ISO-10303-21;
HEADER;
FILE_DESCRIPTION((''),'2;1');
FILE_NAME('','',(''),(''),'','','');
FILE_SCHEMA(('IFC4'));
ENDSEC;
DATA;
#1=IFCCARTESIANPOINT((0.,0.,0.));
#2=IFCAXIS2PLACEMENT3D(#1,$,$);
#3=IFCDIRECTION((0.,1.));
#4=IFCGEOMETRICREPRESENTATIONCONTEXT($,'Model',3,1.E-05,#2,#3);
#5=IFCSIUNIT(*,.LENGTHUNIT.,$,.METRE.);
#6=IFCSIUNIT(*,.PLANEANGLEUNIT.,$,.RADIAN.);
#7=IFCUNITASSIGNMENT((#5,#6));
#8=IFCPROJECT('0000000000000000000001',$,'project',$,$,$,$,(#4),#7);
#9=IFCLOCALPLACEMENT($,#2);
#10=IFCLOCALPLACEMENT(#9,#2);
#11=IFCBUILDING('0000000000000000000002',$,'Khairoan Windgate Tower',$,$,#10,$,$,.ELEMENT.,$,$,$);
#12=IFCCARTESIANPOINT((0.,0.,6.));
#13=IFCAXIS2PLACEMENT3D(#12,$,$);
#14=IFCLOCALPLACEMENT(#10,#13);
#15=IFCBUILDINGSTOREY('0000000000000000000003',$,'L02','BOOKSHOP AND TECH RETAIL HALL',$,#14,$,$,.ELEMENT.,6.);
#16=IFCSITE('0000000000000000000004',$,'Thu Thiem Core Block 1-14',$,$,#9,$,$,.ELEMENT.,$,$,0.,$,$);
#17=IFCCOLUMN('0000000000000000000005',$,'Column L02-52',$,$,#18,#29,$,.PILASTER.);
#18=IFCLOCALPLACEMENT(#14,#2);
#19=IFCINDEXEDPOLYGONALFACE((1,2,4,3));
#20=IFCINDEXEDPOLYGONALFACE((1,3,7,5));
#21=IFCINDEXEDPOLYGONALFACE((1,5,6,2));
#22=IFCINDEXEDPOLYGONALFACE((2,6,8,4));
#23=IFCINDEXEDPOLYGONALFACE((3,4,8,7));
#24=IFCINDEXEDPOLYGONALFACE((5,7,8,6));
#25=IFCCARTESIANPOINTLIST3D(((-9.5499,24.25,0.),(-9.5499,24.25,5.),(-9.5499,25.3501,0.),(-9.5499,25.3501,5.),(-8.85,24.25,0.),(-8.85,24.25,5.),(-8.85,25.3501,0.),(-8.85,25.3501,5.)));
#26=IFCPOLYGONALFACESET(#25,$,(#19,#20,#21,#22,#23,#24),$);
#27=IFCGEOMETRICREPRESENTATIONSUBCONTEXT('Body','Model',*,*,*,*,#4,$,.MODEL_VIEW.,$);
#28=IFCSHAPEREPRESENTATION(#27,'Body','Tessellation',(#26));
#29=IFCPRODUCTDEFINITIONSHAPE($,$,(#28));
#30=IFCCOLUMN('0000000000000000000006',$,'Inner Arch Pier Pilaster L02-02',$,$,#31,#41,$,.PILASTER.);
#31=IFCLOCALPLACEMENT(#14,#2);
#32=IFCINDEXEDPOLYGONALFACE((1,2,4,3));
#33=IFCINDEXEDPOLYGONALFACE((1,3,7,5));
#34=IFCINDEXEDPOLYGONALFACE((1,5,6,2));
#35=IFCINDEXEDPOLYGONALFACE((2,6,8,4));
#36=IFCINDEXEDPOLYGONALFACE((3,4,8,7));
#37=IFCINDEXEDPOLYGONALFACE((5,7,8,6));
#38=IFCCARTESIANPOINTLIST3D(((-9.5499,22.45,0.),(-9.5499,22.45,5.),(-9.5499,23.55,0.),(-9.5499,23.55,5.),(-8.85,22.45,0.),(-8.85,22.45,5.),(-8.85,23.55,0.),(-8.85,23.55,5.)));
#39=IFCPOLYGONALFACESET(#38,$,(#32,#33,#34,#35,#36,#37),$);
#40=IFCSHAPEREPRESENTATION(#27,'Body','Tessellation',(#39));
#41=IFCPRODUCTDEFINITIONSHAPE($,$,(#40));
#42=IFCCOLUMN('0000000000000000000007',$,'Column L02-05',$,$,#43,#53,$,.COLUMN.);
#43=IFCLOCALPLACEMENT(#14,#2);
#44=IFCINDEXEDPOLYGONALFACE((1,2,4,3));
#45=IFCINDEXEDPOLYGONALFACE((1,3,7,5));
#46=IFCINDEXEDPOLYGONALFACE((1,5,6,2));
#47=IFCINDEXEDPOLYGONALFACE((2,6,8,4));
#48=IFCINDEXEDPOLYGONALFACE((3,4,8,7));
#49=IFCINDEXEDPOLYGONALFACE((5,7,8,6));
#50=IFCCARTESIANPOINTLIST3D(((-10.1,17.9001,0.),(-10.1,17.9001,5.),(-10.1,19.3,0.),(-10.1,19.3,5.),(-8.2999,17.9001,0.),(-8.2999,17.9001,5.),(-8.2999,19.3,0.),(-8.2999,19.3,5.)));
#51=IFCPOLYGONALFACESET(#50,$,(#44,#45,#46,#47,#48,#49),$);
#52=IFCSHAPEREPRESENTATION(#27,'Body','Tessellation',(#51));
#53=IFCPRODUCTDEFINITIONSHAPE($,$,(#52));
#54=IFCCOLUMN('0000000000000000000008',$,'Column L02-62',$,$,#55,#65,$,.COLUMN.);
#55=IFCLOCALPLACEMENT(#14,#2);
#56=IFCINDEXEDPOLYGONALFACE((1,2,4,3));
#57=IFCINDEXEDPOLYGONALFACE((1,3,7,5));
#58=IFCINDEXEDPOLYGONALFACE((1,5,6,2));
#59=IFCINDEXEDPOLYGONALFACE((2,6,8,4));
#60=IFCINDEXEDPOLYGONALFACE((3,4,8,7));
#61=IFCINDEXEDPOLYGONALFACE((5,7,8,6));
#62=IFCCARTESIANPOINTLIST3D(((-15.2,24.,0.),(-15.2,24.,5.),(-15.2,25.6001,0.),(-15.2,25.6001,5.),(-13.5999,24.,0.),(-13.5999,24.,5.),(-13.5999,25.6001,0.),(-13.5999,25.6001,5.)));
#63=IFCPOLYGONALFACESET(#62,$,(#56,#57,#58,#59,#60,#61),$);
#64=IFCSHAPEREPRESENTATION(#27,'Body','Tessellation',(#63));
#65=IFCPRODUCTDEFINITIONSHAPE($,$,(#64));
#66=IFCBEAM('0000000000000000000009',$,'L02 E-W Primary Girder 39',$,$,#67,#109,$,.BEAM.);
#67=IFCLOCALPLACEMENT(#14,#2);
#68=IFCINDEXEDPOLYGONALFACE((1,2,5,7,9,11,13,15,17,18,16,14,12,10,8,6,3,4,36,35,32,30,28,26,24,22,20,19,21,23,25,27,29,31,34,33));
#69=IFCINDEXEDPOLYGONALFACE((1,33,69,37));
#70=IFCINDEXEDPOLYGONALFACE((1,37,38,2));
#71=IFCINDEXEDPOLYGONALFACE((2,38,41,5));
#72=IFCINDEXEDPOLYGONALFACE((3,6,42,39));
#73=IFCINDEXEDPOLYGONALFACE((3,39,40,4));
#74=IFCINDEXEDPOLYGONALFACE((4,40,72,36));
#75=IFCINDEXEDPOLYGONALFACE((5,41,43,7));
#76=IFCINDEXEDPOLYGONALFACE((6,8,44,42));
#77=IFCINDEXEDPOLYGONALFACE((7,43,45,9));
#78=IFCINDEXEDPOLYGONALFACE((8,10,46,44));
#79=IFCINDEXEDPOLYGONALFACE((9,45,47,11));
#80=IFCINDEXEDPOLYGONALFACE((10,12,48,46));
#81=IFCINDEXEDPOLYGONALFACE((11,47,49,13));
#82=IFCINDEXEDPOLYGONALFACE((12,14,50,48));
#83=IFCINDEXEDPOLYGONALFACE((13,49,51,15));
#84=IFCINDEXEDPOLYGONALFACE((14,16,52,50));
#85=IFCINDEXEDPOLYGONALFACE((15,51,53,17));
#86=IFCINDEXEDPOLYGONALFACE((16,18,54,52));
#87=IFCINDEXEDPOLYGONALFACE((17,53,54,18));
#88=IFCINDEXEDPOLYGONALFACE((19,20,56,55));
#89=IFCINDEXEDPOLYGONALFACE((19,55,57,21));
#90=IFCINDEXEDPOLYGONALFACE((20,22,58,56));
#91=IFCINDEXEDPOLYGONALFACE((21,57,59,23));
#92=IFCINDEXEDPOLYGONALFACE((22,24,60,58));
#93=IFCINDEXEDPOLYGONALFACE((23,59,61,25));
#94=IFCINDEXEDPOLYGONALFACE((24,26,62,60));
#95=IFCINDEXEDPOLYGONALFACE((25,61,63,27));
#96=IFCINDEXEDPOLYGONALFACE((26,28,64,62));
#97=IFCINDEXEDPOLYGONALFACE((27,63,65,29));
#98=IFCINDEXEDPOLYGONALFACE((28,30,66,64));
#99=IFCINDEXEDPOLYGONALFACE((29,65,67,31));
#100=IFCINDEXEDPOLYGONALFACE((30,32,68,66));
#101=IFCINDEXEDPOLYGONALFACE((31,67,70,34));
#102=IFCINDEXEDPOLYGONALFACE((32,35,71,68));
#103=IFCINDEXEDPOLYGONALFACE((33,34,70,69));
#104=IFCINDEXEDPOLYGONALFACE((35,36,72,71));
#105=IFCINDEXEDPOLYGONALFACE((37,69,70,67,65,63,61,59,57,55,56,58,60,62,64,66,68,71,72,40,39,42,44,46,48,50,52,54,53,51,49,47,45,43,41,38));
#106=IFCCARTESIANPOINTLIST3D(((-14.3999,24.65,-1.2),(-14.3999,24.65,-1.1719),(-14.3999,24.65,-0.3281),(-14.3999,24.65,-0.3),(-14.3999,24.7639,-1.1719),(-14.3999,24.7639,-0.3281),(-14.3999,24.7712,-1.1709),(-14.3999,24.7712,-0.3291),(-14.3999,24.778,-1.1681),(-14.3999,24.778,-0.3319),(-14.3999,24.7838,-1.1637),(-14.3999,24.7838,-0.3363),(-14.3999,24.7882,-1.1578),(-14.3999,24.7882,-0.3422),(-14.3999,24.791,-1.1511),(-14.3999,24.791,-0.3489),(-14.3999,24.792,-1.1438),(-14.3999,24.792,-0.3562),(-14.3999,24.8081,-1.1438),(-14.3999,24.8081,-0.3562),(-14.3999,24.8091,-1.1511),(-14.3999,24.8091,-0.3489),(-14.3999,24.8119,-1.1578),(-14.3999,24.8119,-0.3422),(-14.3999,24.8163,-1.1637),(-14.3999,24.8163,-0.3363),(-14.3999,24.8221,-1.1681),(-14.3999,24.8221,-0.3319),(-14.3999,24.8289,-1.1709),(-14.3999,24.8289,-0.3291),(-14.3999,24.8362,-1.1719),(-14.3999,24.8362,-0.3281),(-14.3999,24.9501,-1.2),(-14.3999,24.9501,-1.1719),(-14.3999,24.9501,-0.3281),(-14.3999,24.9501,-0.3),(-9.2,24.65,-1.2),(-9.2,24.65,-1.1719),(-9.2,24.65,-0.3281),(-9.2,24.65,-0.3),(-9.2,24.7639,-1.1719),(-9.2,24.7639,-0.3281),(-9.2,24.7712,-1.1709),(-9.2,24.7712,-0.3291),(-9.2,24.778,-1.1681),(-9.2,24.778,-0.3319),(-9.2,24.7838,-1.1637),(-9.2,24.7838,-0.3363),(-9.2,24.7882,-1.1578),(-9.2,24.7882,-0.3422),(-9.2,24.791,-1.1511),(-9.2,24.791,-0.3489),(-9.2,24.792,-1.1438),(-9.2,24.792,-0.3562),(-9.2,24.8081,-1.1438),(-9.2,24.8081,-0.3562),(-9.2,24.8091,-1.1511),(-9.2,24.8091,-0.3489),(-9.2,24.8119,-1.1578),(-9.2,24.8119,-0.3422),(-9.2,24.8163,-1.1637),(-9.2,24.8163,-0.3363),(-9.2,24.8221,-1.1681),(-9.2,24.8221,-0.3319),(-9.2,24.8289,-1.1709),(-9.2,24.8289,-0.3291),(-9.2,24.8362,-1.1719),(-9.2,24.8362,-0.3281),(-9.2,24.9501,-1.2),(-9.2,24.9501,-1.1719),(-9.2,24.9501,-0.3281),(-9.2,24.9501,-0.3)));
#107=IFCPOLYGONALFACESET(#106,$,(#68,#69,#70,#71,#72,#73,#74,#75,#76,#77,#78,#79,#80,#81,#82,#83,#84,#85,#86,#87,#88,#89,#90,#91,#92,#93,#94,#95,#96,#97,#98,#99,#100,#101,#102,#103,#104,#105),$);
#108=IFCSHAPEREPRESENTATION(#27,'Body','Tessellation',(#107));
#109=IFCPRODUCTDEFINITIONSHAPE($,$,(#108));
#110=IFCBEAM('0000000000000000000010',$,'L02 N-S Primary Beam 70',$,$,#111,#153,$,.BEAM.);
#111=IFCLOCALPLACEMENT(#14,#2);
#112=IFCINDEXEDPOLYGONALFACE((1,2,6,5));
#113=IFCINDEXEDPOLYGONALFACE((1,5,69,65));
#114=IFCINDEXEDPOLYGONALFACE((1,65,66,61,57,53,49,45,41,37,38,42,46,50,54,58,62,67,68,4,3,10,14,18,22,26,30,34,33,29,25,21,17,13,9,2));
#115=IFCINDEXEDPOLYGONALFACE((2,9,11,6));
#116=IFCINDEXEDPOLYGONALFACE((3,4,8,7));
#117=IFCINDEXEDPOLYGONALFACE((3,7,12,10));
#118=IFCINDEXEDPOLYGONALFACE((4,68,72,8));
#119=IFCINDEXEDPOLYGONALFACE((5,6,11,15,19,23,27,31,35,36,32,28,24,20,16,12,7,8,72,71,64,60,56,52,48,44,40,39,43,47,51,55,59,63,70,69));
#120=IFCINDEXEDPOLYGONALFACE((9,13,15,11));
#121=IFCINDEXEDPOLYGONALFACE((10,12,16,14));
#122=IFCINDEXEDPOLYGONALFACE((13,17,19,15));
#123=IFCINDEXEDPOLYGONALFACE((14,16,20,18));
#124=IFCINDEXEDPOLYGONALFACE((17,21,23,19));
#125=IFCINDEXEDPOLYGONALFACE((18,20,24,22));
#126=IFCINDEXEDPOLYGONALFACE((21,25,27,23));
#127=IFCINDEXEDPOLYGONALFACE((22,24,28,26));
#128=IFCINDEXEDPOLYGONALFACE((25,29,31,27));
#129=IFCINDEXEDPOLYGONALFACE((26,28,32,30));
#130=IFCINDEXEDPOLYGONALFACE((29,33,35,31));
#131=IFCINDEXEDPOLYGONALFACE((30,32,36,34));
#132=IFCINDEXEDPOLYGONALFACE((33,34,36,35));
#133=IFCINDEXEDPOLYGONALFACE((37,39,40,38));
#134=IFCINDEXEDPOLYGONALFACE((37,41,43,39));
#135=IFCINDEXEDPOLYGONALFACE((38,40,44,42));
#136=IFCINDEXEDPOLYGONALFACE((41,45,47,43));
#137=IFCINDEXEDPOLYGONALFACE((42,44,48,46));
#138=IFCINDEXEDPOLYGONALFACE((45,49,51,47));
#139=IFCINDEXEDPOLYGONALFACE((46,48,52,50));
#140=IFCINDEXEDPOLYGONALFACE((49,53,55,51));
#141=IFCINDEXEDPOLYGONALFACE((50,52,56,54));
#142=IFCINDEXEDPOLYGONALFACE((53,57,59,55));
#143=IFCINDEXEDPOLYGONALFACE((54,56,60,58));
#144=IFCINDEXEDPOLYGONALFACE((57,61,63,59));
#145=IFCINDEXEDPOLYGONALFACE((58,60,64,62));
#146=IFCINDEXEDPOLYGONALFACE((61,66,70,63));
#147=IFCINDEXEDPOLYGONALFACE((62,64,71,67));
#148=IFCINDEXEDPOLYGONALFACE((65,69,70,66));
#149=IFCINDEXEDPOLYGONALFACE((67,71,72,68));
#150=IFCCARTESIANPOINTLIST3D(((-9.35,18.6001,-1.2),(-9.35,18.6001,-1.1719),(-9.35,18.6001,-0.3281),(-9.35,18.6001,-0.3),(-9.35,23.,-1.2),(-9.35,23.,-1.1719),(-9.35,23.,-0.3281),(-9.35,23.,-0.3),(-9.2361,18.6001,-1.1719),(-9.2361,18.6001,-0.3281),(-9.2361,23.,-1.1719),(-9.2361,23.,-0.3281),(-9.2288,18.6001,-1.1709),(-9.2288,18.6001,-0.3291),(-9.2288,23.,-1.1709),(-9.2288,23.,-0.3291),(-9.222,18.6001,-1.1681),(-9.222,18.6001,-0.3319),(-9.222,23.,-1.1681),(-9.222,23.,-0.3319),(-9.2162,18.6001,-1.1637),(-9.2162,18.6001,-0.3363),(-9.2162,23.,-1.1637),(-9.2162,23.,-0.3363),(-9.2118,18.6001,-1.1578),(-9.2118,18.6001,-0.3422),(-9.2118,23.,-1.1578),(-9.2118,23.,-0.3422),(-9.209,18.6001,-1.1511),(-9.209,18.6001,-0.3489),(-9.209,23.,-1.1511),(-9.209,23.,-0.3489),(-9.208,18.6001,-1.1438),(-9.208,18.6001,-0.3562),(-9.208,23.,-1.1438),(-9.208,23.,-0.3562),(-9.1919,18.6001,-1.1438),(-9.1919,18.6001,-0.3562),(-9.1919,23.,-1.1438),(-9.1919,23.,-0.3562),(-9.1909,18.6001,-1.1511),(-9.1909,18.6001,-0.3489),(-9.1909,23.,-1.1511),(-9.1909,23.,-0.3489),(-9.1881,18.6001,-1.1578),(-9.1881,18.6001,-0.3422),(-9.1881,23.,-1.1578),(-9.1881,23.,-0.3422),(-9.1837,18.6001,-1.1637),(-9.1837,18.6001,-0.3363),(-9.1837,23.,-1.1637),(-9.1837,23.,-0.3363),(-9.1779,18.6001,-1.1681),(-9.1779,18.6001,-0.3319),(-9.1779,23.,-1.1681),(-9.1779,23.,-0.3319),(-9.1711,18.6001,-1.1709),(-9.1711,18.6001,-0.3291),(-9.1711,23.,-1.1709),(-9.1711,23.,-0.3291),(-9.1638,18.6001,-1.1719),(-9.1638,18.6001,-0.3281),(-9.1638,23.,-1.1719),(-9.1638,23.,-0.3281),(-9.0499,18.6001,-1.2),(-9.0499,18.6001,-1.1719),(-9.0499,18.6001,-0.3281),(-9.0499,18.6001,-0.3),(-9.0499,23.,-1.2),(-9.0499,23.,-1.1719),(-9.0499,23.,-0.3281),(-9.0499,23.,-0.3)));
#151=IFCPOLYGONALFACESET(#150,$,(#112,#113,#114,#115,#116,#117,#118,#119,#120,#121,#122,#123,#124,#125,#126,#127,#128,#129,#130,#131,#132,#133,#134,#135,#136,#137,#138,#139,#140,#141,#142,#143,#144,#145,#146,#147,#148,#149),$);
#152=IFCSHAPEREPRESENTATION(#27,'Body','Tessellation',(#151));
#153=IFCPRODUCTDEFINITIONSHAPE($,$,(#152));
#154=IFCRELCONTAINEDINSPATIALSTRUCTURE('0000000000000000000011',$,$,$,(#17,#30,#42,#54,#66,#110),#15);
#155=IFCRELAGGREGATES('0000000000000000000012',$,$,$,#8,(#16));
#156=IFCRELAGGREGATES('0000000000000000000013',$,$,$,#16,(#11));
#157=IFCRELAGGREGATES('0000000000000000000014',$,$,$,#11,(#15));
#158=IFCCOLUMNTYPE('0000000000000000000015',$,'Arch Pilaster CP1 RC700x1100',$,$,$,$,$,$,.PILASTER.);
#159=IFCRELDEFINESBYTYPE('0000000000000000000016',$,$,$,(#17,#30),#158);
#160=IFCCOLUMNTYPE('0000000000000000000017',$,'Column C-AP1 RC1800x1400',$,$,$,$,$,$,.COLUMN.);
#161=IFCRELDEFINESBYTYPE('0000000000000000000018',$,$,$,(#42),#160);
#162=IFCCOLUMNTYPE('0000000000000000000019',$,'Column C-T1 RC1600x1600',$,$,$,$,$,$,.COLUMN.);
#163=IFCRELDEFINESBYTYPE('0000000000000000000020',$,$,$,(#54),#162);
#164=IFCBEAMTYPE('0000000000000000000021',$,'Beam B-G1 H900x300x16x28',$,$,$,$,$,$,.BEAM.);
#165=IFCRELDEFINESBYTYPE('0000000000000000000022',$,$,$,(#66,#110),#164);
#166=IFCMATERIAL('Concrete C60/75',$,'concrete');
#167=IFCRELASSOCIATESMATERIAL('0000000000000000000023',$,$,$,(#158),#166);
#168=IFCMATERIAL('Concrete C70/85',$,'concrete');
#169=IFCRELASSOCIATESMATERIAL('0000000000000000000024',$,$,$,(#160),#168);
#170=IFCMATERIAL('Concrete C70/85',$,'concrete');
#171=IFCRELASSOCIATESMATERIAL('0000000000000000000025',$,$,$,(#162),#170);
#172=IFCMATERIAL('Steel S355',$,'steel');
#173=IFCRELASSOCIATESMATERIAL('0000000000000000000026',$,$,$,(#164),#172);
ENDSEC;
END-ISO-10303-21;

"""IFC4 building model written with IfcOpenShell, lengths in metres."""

from ifc_helpers import new_model, si_unit, direction, frame, origin, origin_2d, place, context, subcontext, project, spatial, rectangle, i_section, extrude, material, material_profile, profile_set, type_object, element, save


model = new_model("IFC4")

# Units and contexts
model_context = context("Model", 3, precision=1e-05, world=origin(), true_north=direction((0.0, 1.0)))
body_context = subcontext(model_context, "Body", "Model", "MODEL_VIEW")
ifc_project = project(units=[si_unit("LENGTHUNIT", "METRE"), si_unit("PLANEANGLEUNIT", "RADIAN")], contexts=[model_context])

# Site, building, storey
site_placement = place(None, origin())
site = spatial("IfcSite", under=ifc_project, at=site_placement, Name="Thu Thiem Core Block 1-14", CompositionType="ELEMENT", RefElevation=0.0)
building_placement = place(site_placement, origin())
building = spatial("IfcBuilding", under=site, at=building_placement, Name="Khairoan Windgate Tower", CompositionType="ELEMENT")
storey_placement = place(building_placement, frame((0.0, 0.0, 6.0)))
storey = spatial("IfcBuildingStorey", under=building, at=storey_placement, Name="L02", Description="BOOKSHOP AND TECH RETAIL HALL", CompositionType="ELEMENT", Elevation=6.0)

# Columns
ifc_material_1 = material(Name="Concrete C60/75", Category="concrete")
ifc_material_profile_1 = material_profile(ifc_material_1, rectangle(XDim=0.7, YDim=1.1001, at=origin_2d()))
ifc_profile_set_1 = profile_set([ifc_material_profile_1], Name="Concrete C60/75")
column_type_1 = type_object("IfcColumnType", Name="Arch Pilaster CP1 RC700x1100", PredefinedType="PILASTER", material=ifc_profile_set_1)
for number, where, z_axis, x_axis, name in (
    (1, (-9.2, 24.8, 0.0), (0.0, 0.0, 1.0), (1.0, 0.0, 0.0), "Column L02-52"),
    (2, (-9.2, 23.0, 0.0), (0.0, 0.0, 1.0), (1.0, 0.0, 0.0), "Inner Arch Pier Pilaster L02-02"),
):
    element("IfcColumn", number, at=place(storey_placement, frame(where, z_axis=z_axis, x_axis=x_axis)), inside=storey, type_object=column_type_1, Name=name, PredefinedType="PILASTER", context=body_context, shape_type="SweptSolid", body=[
        extrude(rectangle(XDim=0.7, YDim=1.1001, at=origin_2d()), origin(), (0.0, 0.0, 1.0), 5.0),
    ])
ifc_material_2 = material(Name="Concrete C70/85", Category="concrete")
ifc_material_profile_2 = material_profile(ifc_material_2, rectangle(XDim=1.8, YDim=1.3999, at=origin_2d()))
ifc_profile_set_2 = profile_set([ifc_material_profile_2], Name="Concrete C70/85")
column_type_2 = type_object("IfcColumnType", Name="Column C-AP1 RC1800x1400", PredefinedType="COLUMN", material=ifc_profile_set_2)
column_1_placement = place(storey_placement, frame((-9.2, 18.6001, 0.0), z_axis=(0.0, 0.0, 1.0), x_axis=(1.0, 0.0, 0.0)))
element("IfcColumn", 3, at=column_1_placement, inside=storey, type_object=column_type_2, Name="Column L02-05", PredefinedType="COLUMN", context=body_context, shape_type="SweptSolid", body=[
    extrude(rectangle(XDim=1.8, YDim=1.3999, at=origin_2d()), origin(), (0.0, 0.0, 1.0), 5.0),
])
ifc_material_3 = material(Name="Concrete C70/85", Category="concrete")
ifc_material_profile_3 = material_profile(ifc_material_3, rectangle(XDim=1.6001, YDim=1.6001, at=origin_2d()))
ifc_profile_set_3 = profile_set([ifc_material_profile_3], Name="Concrete C70/85")
column_type_3 = type_object("IfcColumnType", Name="Column C-T1 RC1600x1600", PredefinedType="COLUMN", material=ifc_profile_set_3)
column_2_placement = place(storey_placement, frame((-14.3999, 24.8, 0.0), z_axis=(0.0, 0.0, 1.0), x_axis=(1.0, 0.0, 0.0)))
element("IfcColumn", 4, at=column_2_placement, inside=storey, type_object=column_type_3, Name="Column L02-62", PredefinedType="COLUMN", context=body_context, shape_type="SweptSolid", body=[
    extrude(rectangle(XDim=1.6001, YDim=1.6001, at=origin_2d()), origin(), (0.0, 0.0, 1.0), 5.0),
])

# Beams
ifc_material_4 = material(Name="Steel S355", Category="steel")
ifc_material_profile_4 = material_profile(ifc_material_4, i_section(OverallWidth=0.3, OverallDepth=0.8999, WebThickness=0.0161, FlangeThickness=0.0281, FilletRadius=0.0281, at=origin_2d()))
ifc_profile_set_4 = profile_set([ifc_material_profile_4], Name="Steel S355")
beam_type = type_object("IfcBeamType", Name="Beam B-G1 H900x300x16x28", PredefinedType="BEAM", material=ifc_profile_set_4)
beam_1_placement = place(storey_placement, frame((-14.3999, 24.8, -0.75), z_axis=(1.0, 0.0, 0.0), x_axis=(0.0, 1.0, 0.0)))
element("IfcBeam", 5, at=beam_1_placement, inside=storey, type_object=beam_type, Name="L02 E-W Primary Girder 39", PredefinedType="BEAM", context=body_context, shape_type="SweptSolid", body=[
    extrude(i_section(OverallWidth=0.3, OverallDepth=0.8999, WebThickness=0.0161, FlangeThickness=0.0281, FilletRadius=0.0281, at=origin_2d()), origin(), (0.0, 0.0, 1.0), 5.2),
])
beam_2_placement = place(storey_placement, frame((-9.2, 18.6001, -0.75), z_axis=(0.0, 1.0, 0.0), x_axis=(-1.0, 0.0, 0.0)))
element("IfcBeam", 6, at=beam_2_placement, inside=storey, type_object=beam_type, Name="L02 N-S Primary Beam 70", PredefinedType="BEAM", context=body_context, shape_type="SweptSolid", body=[
    extrude(i_section(OverallWidth=0.3, OverallDepth=0.8999, WebThickness=0.0161, FlangeThickness=0.0281, FilletRadius=0.0281, at=origin_2d()), origin(), (0.0, 0.0, 1.0), 4.3999),
])

save(model, "model.ifc")
